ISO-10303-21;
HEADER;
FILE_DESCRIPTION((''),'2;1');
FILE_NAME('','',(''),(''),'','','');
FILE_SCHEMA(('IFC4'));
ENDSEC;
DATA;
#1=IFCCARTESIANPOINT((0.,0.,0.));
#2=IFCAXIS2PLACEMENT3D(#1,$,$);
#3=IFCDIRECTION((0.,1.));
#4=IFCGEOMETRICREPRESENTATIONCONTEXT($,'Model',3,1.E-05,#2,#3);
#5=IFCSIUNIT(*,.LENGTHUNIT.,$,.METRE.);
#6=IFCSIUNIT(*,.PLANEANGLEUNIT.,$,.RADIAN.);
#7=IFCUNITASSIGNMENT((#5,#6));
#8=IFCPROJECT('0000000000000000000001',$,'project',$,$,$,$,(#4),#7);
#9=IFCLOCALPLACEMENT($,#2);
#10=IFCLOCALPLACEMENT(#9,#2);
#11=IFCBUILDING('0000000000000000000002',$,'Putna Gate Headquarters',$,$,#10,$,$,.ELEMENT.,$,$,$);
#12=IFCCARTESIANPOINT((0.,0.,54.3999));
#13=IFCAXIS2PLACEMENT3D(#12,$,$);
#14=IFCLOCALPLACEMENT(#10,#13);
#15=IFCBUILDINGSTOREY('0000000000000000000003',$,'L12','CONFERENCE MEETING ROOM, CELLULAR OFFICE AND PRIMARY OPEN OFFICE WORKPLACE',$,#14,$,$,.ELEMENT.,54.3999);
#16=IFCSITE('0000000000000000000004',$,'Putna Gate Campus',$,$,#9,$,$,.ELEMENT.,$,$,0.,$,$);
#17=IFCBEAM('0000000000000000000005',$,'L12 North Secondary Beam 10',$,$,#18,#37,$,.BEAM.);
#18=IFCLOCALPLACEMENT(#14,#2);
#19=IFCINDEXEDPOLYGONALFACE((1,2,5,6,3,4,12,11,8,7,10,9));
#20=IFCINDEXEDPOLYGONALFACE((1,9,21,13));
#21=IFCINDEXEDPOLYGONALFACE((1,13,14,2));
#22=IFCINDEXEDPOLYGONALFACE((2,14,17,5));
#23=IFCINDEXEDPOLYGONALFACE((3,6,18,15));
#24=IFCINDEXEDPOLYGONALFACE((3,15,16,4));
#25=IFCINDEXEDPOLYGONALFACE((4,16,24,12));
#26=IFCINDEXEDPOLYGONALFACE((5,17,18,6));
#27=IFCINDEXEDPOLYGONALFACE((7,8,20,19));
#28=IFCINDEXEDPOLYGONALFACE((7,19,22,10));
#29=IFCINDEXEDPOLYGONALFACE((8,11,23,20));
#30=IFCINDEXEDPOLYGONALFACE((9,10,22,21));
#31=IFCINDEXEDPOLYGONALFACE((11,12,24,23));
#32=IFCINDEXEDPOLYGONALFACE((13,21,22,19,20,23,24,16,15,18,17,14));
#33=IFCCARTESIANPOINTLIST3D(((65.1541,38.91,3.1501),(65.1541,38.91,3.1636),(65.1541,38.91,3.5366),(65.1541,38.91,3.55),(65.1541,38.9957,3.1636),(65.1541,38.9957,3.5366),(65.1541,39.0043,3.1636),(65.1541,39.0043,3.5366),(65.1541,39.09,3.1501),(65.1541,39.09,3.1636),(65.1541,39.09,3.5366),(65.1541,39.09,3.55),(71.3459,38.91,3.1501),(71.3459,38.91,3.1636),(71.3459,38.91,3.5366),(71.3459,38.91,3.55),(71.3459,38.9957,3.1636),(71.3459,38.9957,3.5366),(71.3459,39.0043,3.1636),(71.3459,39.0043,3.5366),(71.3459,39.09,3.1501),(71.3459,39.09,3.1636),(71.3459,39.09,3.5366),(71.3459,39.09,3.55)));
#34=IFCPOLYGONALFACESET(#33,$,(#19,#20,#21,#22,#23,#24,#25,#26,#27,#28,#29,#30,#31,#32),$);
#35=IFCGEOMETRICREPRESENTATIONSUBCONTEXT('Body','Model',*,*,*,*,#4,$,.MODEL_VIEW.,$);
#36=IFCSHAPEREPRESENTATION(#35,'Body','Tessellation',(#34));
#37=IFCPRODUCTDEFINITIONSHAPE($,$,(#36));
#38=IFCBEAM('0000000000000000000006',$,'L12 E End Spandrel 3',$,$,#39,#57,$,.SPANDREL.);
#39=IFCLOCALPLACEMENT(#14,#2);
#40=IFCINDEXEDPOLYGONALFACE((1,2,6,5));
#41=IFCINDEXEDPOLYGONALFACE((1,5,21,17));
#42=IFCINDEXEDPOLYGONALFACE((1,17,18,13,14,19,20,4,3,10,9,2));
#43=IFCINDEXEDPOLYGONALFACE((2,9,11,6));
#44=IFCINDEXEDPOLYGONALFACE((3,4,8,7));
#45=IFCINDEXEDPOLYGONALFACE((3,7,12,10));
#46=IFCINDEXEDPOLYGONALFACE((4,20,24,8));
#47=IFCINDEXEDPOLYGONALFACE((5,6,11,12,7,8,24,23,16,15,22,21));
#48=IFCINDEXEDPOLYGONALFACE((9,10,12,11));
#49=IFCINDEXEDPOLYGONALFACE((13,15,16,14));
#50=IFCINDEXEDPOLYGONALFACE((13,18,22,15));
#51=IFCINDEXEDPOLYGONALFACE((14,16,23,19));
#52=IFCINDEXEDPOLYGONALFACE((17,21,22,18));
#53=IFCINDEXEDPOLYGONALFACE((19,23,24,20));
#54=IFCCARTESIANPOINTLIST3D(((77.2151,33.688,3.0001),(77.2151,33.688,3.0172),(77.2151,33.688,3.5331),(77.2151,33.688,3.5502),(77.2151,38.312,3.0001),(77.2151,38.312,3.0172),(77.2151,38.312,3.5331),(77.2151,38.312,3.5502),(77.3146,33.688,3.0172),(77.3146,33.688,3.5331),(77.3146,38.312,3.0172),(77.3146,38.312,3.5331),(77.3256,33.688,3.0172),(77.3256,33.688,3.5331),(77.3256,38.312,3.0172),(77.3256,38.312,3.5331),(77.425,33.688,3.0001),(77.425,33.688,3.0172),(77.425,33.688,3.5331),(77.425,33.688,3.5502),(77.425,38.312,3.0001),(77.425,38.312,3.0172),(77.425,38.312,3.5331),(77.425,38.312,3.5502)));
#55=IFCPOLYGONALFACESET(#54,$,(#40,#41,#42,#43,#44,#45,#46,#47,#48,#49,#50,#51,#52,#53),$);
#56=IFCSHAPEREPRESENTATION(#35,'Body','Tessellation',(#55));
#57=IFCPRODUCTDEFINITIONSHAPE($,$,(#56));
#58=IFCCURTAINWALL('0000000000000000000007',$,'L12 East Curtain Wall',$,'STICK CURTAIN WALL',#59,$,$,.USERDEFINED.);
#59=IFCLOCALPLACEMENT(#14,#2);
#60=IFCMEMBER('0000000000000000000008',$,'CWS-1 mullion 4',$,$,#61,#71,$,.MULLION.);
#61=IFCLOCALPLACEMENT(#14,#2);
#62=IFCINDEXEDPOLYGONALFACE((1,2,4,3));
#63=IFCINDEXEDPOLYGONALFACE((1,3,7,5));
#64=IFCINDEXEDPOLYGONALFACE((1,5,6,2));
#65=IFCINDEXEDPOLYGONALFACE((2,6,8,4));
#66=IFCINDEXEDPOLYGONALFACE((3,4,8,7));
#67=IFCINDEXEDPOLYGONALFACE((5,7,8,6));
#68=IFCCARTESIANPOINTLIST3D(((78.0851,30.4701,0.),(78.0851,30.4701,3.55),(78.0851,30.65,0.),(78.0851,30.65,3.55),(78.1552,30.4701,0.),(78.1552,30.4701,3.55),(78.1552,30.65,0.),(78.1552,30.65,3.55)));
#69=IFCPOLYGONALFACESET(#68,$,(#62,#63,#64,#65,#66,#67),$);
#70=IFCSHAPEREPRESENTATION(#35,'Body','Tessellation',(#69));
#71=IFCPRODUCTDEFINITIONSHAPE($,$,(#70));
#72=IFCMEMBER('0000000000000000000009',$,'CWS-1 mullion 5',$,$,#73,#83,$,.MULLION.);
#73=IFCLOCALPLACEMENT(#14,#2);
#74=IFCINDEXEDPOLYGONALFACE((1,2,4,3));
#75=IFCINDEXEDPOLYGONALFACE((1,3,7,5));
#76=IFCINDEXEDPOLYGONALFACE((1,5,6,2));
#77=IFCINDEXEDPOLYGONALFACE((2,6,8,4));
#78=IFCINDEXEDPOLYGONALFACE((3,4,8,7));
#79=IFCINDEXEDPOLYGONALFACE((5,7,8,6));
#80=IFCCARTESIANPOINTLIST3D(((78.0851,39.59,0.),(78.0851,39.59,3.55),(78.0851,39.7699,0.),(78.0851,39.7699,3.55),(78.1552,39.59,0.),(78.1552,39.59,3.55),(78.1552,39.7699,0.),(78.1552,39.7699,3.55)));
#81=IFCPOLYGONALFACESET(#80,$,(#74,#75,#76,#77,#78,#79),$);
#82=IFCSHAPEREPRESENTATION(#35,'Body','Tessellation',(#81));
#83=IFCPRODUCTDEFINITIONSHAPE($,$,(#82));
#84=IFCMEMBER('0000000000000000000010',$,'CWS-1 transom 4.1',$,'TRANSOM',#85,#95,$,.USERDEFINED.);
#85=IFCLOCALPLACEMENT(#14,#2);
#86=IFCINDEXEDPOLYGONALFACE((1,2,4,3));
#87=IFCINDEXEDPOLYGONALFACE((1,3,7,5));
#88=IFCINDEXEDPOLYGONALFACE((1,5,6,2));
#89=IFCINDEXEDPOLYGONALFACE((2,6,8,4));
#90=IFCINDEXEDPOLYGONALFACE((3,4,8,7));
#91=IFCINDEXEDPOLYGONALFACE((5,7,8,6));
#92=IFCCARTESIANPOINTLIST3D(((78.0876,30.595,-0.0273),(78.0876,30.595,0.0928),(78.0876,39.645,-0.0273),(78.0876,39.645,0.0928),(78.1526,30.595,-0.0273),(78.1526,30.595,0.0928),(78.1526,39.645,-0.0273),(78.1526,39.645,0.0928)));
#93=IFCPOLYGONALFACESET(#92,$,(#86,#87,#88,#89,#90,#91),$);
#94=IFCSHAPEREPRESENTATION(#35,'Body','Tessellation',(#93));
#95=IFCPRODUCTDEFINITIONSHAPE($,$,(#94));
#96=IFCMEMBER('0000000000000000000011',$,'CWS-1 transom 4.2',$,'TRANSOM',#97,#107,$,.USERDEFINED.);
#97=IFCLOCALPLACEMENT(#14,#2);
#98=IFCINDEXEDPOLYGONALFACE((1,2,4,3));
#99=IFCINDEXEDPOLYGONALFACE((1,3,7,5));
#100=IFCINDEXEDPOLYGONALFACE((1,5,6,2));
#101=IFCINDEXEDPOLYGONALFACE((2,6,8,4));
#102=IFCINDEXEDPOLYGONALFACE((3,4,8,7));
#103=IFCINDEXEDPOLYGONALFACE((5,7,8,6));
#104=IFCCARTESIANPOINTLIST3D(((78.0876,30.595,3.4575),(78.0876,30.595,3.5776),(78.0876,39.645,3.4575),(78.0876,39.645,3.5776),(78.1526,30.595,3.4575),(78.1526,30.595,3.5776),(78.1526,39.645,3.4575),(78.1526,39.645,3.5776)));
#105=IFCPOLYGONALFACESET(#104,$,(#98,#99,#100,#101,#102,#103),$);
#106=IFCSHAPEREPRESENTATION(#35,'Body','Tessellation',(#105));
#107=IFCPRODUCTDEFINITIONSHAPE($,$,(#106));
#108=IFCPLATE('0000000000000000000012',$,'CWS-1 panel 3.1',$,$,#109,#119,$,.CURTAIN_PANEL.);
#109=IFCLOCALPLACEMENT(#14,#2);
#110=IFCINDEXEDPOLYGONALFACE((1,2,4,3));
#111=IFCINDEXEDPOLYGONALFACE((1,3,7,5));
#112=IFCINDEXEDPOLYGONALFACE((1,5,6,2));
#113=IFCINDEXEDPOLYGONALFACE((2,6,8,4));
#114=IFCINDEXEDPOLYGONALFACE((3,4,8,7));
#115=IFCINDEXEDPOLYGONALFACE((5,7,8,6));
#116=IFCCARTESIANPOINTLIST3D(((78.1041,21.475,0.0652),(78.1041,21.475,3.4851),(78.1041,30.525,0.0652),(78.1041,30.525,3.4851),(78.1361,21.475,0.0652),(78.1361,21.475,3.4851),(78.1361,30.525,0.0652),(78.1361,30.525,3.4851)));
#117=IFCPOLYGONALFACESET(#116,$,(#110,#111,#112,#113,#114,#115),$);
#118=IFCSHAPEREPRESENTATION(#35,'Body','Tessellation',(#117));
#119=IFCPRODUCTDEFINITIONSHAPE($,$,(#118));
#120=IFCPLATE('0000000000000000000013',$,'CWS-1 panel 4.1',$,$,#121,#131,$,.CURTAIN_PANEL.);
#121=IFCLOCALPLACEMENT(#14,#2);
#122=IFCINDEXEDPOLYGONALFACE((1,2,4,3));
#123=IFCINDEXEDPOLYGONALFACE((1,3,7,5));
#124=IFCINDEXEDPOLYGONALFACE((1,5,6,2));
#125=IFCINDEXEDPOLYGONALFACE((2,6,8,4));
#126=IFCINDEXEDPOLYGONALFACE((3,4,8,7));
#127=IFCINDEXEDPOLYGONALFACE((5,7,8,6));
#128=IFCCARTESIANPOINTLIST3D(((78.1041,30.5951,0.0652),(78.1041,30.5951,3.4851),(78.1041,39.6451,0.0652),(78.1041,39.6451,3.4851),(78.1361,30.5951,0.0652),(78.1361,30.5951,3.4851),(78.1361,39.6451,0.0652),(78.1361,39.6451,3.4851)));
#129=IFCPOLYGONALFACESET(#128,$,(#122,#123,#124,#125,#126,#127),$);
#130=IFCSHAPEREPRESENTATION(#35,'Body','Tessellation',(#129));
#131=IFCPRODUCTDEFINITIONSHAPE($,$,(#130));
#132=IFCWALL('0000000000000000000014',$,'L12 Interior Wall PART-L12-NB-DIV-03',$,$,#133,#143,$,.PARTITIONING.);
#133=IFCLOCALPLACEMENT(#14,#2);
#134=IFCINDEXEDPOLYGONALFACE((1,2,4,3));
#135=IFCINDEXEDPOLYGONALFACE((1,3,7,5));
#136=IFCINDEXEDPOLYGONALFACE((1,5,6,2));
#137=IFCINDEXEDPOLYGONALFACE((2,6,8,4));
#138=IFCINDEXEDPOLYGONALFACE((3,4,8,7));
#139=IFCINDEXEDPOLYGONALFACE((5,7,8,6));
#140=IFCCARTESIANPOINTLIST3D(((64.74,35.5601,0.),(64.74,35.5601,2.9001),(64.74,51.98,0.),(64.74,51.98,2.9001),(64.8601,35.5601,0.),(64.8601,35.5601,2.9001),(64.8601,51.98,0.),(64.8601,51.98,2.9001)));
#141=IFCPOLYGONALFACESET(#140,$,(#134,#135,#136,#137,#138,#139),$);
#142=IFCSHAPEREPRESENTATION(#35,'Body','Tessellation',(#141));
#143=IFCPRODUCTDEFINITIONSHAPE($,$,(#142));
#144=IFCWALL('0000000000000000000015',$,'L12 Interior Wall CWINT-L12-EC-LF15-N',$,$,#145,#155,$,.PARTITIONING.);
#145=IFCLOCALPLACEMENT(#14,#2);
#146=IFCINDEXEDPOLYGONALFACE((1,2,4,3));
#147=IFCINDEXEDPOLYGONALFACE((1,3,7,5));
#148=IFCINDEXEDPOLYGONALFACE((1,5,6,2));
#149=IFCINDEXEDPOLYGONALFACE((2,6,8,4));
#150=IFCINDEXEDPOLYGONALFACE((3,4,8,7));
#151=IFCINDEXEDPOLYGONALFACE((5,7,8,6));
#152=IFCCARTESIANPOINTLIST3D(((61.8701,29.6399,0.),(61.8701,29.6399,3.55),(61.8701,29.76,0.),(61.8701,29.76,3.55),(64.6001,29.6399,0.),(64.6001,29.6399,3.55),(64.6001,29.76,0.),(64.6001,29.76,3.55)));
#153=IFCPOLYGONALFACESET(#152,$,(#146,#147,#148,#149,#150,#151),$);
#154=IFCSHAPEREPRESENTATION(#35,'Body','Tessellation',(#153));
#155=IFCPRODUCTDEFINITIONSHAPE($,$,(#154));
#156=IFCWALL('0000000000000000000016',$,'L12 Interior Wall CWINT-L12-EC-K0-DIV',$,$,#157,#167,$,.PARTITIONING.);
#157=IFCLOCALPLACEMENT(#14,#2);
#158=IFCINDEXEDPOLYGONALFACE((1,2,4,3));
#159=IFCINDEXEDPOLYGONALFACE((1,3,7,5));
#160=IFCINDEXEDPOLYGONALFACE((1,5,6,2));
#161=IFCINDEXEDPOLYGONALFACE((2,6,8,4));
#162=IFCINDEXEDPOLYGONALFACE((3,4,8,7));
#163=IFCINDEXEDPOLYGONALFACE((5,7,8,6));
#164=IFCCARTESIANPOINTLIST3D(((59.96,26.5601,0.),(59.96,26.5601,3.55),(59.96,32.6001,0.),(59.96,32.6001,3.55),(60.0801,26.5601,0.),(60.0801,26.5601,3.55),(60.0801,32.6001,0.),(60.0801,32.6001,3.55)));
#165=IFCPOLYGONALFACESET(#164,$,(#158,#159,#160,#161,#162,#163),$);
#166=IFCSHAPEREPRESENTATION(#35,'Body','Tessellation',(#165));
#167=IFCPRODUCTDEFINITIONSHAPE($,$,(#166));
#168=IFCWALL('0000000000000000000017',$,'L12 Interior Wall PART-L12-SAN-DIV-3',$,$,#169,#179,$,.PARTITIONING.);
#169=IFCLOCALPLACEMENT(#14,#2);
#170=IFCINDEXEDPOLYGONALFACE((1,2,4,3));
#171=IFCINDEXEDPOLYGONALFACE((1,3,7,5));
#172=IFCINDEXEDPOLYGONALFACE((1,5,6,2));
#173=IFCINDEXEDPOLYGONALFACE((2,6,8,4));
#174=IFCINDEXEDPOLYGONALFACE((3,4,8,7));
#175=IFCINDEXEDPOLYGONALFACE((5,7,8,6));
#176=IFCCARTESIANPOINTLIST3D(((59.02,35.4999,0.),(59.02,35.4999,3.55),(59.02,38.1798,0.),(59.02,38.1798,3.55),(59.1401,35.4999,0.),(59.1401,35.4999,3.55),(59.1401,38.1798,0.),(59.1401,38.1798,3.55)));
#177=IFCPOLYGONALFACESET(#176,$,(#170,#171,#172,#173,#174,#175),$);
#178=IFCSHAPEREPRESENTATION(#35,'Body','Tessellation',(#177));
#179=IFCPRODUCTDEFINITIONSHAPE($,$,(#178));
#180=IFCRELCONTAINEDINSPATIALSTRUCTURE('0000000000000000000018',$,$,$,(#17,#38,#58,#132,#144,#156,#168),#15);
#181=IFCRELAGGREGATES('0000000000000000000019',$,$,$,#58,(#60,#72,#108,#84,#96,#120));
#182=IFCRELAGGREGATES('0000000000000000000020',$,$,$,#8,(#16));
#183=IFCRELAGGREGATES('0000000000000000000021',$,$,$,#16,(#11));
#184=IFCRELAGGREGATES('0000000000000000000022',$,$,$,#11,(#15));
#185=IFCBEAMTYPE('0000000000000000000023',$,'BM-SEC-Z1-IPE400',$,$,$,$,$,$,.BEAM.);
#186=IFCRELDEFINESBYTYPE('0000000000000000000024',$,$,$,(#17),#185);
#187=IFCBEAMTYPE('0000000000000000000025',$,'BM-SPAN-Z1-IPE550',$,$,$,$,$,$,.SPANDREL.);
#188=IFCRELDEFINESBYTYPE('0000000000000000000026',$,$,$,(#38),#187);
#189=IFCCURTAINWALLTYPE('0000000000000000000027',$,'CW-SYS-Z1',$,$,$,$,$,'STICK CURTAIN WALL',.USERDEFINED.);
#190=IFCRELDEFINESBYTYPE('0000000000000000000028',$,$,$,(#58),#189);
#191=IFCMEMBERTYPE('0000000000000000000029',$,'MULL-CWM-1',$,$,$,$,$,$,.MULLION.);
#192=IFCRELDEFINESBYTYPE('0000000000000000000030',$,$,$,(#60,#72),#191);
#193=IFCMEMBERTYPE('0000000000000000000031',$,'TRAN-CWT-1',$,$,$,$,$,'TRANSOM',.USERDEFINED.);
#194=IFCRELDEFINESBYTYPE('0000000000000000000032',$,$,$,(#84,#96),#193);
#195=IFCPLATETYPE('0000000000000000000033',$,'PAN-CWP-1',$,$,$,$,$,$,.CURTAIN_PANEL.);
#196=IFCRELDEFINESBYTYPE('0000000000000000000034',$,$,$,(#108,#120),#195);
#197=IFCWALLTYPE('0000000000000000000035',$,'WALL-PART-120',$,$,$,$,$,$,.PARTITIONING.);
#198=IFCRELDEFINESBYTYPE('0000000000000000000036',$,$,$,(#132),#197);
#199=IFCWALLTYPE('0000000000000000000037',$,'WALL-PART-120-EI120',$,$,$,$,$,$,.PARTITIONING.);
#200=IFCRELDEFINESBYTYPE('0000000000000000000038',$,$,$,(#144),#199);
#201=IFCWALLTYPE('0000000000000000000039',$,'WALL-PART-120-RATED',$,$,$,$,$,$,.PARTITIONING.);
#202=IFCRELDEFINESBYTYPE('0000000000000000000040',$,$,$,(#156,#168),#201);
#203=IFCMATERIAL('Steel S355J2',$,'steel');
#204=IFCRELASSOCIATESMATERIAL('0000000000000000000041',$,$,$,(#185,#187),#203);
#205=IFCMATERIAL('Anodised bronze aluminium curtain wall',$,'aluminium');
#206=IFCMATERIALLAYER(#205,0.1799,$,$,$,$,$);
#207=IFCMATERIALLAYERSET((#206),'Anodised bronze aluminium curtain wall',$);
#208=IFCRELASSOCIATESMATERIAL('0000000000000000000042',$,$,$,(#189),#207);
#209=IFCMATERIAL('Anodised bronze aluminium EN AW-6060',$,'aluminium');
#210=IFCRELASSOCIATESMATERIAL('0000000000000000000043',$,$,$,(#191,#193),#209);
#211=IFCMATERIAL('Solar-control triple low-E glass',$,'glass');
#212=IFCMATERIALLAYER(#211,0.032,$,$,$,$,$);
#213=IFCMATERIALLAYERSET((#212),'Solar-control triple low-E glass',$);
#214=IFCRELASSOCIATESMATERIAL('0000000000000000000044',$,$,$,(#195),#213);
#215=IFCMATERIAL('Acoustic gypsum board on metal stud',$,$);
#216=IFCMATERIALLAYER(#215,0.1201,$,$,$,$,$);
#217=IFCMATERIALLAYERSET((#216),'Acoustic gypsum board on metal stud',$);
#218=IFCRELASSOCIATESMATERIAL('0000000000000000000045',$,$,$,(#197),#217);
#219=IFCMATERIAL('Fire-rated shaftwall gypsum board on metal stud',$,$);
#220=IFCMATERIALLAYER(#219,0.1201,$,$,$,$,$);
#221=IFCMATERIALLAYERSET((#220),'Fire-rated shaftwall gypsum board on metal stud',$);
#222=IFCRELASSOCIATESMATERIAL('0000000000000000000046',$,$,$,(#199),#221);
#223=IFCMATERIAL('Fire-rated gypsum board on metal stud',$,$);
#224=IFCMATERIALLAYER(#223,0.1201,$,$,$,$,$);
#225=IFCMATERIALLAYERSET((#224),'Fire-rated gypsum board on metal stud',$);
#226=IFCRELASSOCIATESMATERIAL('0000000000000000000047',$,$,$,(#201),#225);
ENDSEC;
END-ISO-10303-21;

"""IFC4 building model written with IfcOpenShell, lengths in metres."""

from ifc_helpers import new_model, si_unit, direction, frame, frame_2d, origin, origin_2d, place, context, subcontext, project, spatial, rectangle, i_section, extrude, material, layer, layer_set, material_profile, profile_set, type_object, element, aggregate, save


model = new_model("IFC4")

# Units and contexts
model_context = context("Model", 3, precision=1e-05, world=origin(), true_north=direction((0.0, 1.0)))
body_context = subcontext(model_context, "Body", "Model", "MODEL_VIEW")
ifc_project = project(units=[si_unit("LENGTHUNIT", "METRE"), si_unit("PLANEANGLEUNIT", "RADIAN")], contexts=[model_context])

# Site, building, storey
site_placement = place(None, origin())
site = spatial("IfcSite", under=ifc_project, at=site_placement, Name="Putna Gate Campus", CompositionType="ELEMENT", RefElevation=0.0)
building_placement = place(site_placement, origin())
building = spatial("IfcBuilding", under=site, at=building_placement, Name="Putna Gate Headquarters", CompositionType="ELEMENT")
storey_placement = place(building_placement, frame((0.0, 0.0, 54.3999)))
storey = spatial("IfcBuildingStorey", under=building, at=storey_placement, Name="L12", Description="CONFERENCE MEETING ROOM, CELLULAR OFFICE AND PRIMARY OPEN OFFICE WORKPLACE", CompositionType="ELEMENT", Elevation=54.3999)

# Beams
ifc_material_1 = material(Name="Steel S355J2", Category="steel")
ifc_material_profile_1 = material_profile(ifc_material_1, i_section(OverallWidth=0.1799, OverallDepth=0.3999, WebThickness=0.0085, FlangeThickness=0.0134, at=origin_2d()), Name="Steel S355J2")
ifc_profile_set_1 = profile_set([ifc_material_profile_1], Name="Steel S355J2")
beam_type_1 = type_object("IfcBeamType", Name="BM-SEC-Z1-IPE400", PredefinedType="BEAM", material=ifc_profile_set_1)
beam_1_placement = place(storey_placement, frame((65.1541, 39.0, 3.3501), z_axis=(1.0, 0.0, 0.0), x_axis=(0.0, 1.0, 0.0)))
element("IfcBeam", 1, at=beam_1_placement, inside=storey, type_object=beam_type_1, Name="L12 North Secondary Beam 10", PredefinedType="BEAM", context=body_context, shape_type="SweptSolid", body=[
    extrude(i_section(OverallWidth=0.1799, OverallDepth=0.3999, WebThickness=0.0085, FlangeThickness=0.0134, at=origin_2d()), origin(), (0.0, 0.0, 1.0), 6.1919),
])
ifc_material_profile_2 = material_profile(ifc_material_1, i_section(OverallWidth=0.21, OverallDepth=0.55, WebThickness=0.011, FlangeThickness=0.0171, at=origin_2d()), Name="Steel S355J2")
ifc_profile_set_2 = profile_set([ifc_material_profile_2], Name="Steel S355J2")
beam_type_2 = type_object("IfcBeamType", Name="BM-SPAN-Z1-IPE550", PredefinedType="SPANDREL", material=ifc_profile_set_2)
beam_2_placement = place(storey_placement, frame((77.3201, 33.688, 3.2751), z_axis=(0.0, 1.0, 0.0), x_axis=(-1.0, 0.0, 0.0)))
element("IfcBeam", 2, at=beam_2_placement, inside=storey, type_object=beam_type_2, Name="L12 E End Spandrel 3", PredefinedType="SPANDREL", context=body_context, shape_type="SweptSolid", body=[
    extrude(i_section(OverallWidth=0.21, OverallDepth=0.55, WebThickness=0.011, FlangeThickness=0.0171, at=origin_2d()), origin(), (0.0, 0.0, 1.0), 4.624),
])

# Curtain wall, members, plates
ifc_material_2 = material(Name="Anodised bronze aluminium curtain wall", Category="aluminium")
ifc_layer_1 = layer(ifc_material_2, 0.1799)
ifc_layer_set_1 = layer_set([ifc_layer_1], Name="Anodised bronze aluminium curtain wall")
curtain_wall_type = type_object("IfcCurtainWallType", Name="CW-SYS-Z1", ElementType="STICK CURTAIN WALL", PredefinedType="USERDEFINED", material=ifc_layer_set_1)
curtain_wall_placement = place(storey_placement, origin())
curtain_wall = element("IfcCurtainWall", 3, at=curtain_wall_placement, inside=storey, type_object=curtain_wall_type, Name="L12 East Curtain Wall", ObjectType="STICK CURTAIN WALL", PredefinedType="USERDEFINED")
ifc_material_3 = material(Name="Anodised bronze aluminium EN AW-6060", Category="aluminium")
ifc_material_profile_3 = material_profile(ifc_material_3, rectangle(XDim=0.0701, YDim=0.1799, at=origin_2d()), Name="Anodised bronze aluminium EN AW-6060")
ifc_profile_set_3 = profile_set([ifc_material_profile_3], Name="Anodised bronze aluminium EN AW-6060")
member_type_1 = type_object("IfcMemberType", Name="MULL-CWM-1", PredefinedType="MULLION", material=ifc_profile_set_3)
member_1_placement = place(storey_placement, frame((78.1201, 30.5601, 0.0), z_axis=(0.0, 0.0, 1.0), x_axis=(-1.0, 0.0, 0.0)))
member_1 = element("IfcMember", 4, at=member_1_placement, type_object=member_type_1, Name="CWS-1 mullion 4", PredefinedType="MULLION", context=body_context, shape_type="SweptSolid", body=[
    extrude(rectangle(XDim=0.0701, YDim=0.1799, at=origin_2d()), origin(), (0.0, 0.0, 1.0), 3.55),
])
member_2_placement = place(storey_placement, frame((78.1201, 39.6799, 0.0), z_axis=(0.0, 0.0, 1.0), x_axis=(-1.0, 0.0, 0.0)))
member_2 = element("IfcMember", 5, at=member_2_placement, type_object=member_type_1, Name="CWS-1 mullion 5", PredefinedType="MULLION", context=body_context, shape_type="SweptSolid", body=[
    extrude(rectangle(XDim=0.0701, YDim=0.1799, at=origin_2d()), origin(), (0.0, 0.0, 1.0), 3.55),
])
ifc_material_profile_4 = material_profile(ifc_material_3, rectangle(XDim=0.0649, YDim=0.1201, at=origin_2d()), Name="Anodised bronze aluminium EN AW-6060")
ifc_profile_set_4 = profile_set([ifc_material_profile_4], Name="Anodised bronze aluminium EN AW-6060")
member_type_2 = type_object("IfcMemberType", Name="TRAN-CWT-1", ElementType="TRANSOM", PredefinedType="USERDEFINED", material=ifc_profile_set_4)
member_3_placement = place(storey_placement, frame((78.1201, 30.595, 0.0327), z_axis=(0.0, 1.0, 0.0), x_axis=(-1.0, 0.0, 0.0)))
member_3 = element("IfcMember", 6, at=member_3_placement, type_object=member_type_2, Name="CWS-1 transom 4.1", ObjectType="TRANSOM", PredefinedType="USERDEFINED", context=body_context, shape_type="SweptSolid", body=[
    extrude(rectangle(XDim=0.0649, YDim=0.1201, at=origin_2d()), origin(), (0.0, 0.0, 1.0), 9.05),
])
member_4_placement = place(storey_placement, frame((78.1201, 30.595, 3.5176), z_axis=(0.0, 1.0, 0.0), x_axis=(-1.0, 0.0, 0.0)))
member_4 = element("IfcMember", 7, at=member_4_placement, type_object=member_type_2, Name="CWS-1 transom 4.2", ObjectType="TRANSOM", PredefinedType="USERDEFINED", context=body_context, shape_type="SweptSolid", body=[
    extrude(rectangle(XDim=0.0649, YDim=0.1201, at=origin_2d()), origin(), (0.0, 0.0, 1.0), 9.05),
])
ifc_material_4 = material(Name="Solar-control triple low-E glass", Category="glass")
ifc_layer_2 = layer(ifc_material_4, 0.032)
ifc_layer_set_2 = layer_set([ifc_layer_2], Name="Solar-control triple low-E glass")
plate_type = type_object("IfcPlateType", Name="PAN-CWP-1", PredefinedType="CURTAIN_PANEL", material=ifc_layer_set_2)
plate_1_placement = place(storey_placement, frame((78.1201, 26.0, 0.0652), z_axis=(0.0, 0.0, 1.0), x_axis=(0.0, 1.0, 0.0)))
plate_1 = element("IfcPlate", 8, at=plate_1_placement, type_object=plate_type, Name="CWS-1 panel 3.1", PredefinedType="CURTAIN_PANEL", context=body_context, shape_type="SweptSolid", body=[
    extrude(rectangle(XDim=9.05, YDim=0.032, at=origin_2d()), origin(), (0.0, 0.0, 1.0), 3.4199),
])
plate_2_placement = place(storey_placement, frame((78.1201, 35.1201, 0.0652), z_axis=(0.0, 0.0, 1.0), x_axis=(0.0, 1.0, 0.0)))
plate_2 = element("IfcPlate", 9, at=plate_2_placement, type_object=plate_type, Name="CWS-1 panel 4.1", PredefinedType="CURTAIN_PANEL", context=body_context, shape_type="SweptSolid", body=[
    extrude(rectangle(XDim=9.05, YDim=0.032, at=origin_2d()), origin(), (0.0, 0.0, 1.0), 3.4199),
])
aggregate(curtain_wall, [member_1, member_2, plate_1, member_3, member_4, plate_2])

# Walls
ifc_material_5 = material(Name="Acoustic gypsum board on metal stud")
ifc_layer_3 = layer(ifc_material_5, 0.1201)
ifc_layer_set_3 = layer_set([ifc_layer_3], Name="Acoustic gypsum board on metal stud")
wall_type_1 = type_object("IfcWallType", Name="WALL-PART-120", PredefinedType="PARTITIONING", material=ifc_layer_set_3)
wall_1_placement = place(storey_placement, frame((64.8, 35.5601, 0.0), z_axis=(0.0, 0.0, 1.0), x_axis=(0.0, 1.0, 0.0)))
element("IfcWall", 10, at=wall_1_placement, inside=storey, type_object=wall_type_1, Name="L12 Interior Wall PART-L12-NB-DIV-03", PredefinedType="PARTITIONING", context=body_context, shape_type="SweptSolid", body=[
    extrude(rectangle(XDim=16.4199, YDim=0.1201, at=frame_2d((8.21, 0.0))), origin(), (0.0, 0.0, 1.0), 2.9001),
])
ifc_material_6 = material(Name="Fire-rated shaftwall gypsum board on metal stud")
ifc_layer_4 = layer(ifc_material_6, 0.1201)
ifc_layer_set_4 = layer_set([ifc_layer_4], Name="Fire-rated shaftwall gypsum board on metal stud")
wall_type_2 = type_object("IfcWallType", Name="WALL-PART-120-EI120", PredefinedType="PARTITIONING", material=ifc_layer_set_4)
wall_2_placement = place(storey_placement, frame((61.8701, 29.7, 0.0), z_axis=(0.0, 0.0, 1.0), x_axis=(1.0, 0.0, 0.0)))
element("IfcWall", 11, at=wall_2_placement, inside=storey, type_object=wall_type_2, Name="L12 Interior Wall CWINT-L12-EC-LF15-N", PredefinedType="PARTITIONING", context=body_context, shape_type="SweptSolid", body=[
    extrude(rectangle(XDim=2.73, YDim=0.1201, at=frame_2d((1.365, 0.0))), origin(), (0.0, 0.0, 1.0), 3.55),
])
ifc_material_7 = material(Name="Fire-rated gypsum board on metal stud")
ifc_layer_5 = layer(ifc_material_7, 0.1201)
ifc_layer_set_5 = layer_set([ifc_layer_5], Name="Fire-rated gypsum board on metal stud")
wall_type_3 = type_object("IfcWallType", Name="WALL-PART-120-RATED", PredefinedType="PARTITIONING", material=ifc_layer_set_5)
wall_3_placement = place(storey_placement, frame((60.02, 26.5601, 0.0), z_axis=(0.0, 0.0, 1.0), x_axis=(0.0, 1.0, 0.0)))
element("IfcWall", 12, at=wall_3_placement, inside=storey, type_object=wall_type_3, Name="L12 Interior Wall CWINT-L12-EC-K0-DIV", PredefinedType="PARTITIONING", context=body_context, shape_type="SweptSolid", body=[
    extrude(rectangle(XDim=6.04, YDim=0.1201, at=frame_2d((3.02, 0.0))), origin(), (0.0, 0.0, 1.0), 3.55),
])
for number, where, z_axis, x_axis, name in (
    (13, (59.0801, 35.5, 0.0), (0.0, 0.0, 1.0), (0.0, 1.0, 0.0), "L12 Interior Wall PART-L12-SAN-DIV-3"),
):
    element("IfcWall", number, at=place(storey_placement, frame(where, z_axis=z_axis, x_axis=x_axis)), inside=storey, type_object=wall_type_3, Name=name, PredefinedType="PARTITIONING", context=body_context, shape_type="SweptSolid", body=[
        extrude(rectangle(XDim=2.6799, YDim=0.1201, at=frame_2d((1.3398, 0.0))), origin(), (0.0, 0.0, 1.0), 3.55),
    ])

save(model, "model.ifc")
